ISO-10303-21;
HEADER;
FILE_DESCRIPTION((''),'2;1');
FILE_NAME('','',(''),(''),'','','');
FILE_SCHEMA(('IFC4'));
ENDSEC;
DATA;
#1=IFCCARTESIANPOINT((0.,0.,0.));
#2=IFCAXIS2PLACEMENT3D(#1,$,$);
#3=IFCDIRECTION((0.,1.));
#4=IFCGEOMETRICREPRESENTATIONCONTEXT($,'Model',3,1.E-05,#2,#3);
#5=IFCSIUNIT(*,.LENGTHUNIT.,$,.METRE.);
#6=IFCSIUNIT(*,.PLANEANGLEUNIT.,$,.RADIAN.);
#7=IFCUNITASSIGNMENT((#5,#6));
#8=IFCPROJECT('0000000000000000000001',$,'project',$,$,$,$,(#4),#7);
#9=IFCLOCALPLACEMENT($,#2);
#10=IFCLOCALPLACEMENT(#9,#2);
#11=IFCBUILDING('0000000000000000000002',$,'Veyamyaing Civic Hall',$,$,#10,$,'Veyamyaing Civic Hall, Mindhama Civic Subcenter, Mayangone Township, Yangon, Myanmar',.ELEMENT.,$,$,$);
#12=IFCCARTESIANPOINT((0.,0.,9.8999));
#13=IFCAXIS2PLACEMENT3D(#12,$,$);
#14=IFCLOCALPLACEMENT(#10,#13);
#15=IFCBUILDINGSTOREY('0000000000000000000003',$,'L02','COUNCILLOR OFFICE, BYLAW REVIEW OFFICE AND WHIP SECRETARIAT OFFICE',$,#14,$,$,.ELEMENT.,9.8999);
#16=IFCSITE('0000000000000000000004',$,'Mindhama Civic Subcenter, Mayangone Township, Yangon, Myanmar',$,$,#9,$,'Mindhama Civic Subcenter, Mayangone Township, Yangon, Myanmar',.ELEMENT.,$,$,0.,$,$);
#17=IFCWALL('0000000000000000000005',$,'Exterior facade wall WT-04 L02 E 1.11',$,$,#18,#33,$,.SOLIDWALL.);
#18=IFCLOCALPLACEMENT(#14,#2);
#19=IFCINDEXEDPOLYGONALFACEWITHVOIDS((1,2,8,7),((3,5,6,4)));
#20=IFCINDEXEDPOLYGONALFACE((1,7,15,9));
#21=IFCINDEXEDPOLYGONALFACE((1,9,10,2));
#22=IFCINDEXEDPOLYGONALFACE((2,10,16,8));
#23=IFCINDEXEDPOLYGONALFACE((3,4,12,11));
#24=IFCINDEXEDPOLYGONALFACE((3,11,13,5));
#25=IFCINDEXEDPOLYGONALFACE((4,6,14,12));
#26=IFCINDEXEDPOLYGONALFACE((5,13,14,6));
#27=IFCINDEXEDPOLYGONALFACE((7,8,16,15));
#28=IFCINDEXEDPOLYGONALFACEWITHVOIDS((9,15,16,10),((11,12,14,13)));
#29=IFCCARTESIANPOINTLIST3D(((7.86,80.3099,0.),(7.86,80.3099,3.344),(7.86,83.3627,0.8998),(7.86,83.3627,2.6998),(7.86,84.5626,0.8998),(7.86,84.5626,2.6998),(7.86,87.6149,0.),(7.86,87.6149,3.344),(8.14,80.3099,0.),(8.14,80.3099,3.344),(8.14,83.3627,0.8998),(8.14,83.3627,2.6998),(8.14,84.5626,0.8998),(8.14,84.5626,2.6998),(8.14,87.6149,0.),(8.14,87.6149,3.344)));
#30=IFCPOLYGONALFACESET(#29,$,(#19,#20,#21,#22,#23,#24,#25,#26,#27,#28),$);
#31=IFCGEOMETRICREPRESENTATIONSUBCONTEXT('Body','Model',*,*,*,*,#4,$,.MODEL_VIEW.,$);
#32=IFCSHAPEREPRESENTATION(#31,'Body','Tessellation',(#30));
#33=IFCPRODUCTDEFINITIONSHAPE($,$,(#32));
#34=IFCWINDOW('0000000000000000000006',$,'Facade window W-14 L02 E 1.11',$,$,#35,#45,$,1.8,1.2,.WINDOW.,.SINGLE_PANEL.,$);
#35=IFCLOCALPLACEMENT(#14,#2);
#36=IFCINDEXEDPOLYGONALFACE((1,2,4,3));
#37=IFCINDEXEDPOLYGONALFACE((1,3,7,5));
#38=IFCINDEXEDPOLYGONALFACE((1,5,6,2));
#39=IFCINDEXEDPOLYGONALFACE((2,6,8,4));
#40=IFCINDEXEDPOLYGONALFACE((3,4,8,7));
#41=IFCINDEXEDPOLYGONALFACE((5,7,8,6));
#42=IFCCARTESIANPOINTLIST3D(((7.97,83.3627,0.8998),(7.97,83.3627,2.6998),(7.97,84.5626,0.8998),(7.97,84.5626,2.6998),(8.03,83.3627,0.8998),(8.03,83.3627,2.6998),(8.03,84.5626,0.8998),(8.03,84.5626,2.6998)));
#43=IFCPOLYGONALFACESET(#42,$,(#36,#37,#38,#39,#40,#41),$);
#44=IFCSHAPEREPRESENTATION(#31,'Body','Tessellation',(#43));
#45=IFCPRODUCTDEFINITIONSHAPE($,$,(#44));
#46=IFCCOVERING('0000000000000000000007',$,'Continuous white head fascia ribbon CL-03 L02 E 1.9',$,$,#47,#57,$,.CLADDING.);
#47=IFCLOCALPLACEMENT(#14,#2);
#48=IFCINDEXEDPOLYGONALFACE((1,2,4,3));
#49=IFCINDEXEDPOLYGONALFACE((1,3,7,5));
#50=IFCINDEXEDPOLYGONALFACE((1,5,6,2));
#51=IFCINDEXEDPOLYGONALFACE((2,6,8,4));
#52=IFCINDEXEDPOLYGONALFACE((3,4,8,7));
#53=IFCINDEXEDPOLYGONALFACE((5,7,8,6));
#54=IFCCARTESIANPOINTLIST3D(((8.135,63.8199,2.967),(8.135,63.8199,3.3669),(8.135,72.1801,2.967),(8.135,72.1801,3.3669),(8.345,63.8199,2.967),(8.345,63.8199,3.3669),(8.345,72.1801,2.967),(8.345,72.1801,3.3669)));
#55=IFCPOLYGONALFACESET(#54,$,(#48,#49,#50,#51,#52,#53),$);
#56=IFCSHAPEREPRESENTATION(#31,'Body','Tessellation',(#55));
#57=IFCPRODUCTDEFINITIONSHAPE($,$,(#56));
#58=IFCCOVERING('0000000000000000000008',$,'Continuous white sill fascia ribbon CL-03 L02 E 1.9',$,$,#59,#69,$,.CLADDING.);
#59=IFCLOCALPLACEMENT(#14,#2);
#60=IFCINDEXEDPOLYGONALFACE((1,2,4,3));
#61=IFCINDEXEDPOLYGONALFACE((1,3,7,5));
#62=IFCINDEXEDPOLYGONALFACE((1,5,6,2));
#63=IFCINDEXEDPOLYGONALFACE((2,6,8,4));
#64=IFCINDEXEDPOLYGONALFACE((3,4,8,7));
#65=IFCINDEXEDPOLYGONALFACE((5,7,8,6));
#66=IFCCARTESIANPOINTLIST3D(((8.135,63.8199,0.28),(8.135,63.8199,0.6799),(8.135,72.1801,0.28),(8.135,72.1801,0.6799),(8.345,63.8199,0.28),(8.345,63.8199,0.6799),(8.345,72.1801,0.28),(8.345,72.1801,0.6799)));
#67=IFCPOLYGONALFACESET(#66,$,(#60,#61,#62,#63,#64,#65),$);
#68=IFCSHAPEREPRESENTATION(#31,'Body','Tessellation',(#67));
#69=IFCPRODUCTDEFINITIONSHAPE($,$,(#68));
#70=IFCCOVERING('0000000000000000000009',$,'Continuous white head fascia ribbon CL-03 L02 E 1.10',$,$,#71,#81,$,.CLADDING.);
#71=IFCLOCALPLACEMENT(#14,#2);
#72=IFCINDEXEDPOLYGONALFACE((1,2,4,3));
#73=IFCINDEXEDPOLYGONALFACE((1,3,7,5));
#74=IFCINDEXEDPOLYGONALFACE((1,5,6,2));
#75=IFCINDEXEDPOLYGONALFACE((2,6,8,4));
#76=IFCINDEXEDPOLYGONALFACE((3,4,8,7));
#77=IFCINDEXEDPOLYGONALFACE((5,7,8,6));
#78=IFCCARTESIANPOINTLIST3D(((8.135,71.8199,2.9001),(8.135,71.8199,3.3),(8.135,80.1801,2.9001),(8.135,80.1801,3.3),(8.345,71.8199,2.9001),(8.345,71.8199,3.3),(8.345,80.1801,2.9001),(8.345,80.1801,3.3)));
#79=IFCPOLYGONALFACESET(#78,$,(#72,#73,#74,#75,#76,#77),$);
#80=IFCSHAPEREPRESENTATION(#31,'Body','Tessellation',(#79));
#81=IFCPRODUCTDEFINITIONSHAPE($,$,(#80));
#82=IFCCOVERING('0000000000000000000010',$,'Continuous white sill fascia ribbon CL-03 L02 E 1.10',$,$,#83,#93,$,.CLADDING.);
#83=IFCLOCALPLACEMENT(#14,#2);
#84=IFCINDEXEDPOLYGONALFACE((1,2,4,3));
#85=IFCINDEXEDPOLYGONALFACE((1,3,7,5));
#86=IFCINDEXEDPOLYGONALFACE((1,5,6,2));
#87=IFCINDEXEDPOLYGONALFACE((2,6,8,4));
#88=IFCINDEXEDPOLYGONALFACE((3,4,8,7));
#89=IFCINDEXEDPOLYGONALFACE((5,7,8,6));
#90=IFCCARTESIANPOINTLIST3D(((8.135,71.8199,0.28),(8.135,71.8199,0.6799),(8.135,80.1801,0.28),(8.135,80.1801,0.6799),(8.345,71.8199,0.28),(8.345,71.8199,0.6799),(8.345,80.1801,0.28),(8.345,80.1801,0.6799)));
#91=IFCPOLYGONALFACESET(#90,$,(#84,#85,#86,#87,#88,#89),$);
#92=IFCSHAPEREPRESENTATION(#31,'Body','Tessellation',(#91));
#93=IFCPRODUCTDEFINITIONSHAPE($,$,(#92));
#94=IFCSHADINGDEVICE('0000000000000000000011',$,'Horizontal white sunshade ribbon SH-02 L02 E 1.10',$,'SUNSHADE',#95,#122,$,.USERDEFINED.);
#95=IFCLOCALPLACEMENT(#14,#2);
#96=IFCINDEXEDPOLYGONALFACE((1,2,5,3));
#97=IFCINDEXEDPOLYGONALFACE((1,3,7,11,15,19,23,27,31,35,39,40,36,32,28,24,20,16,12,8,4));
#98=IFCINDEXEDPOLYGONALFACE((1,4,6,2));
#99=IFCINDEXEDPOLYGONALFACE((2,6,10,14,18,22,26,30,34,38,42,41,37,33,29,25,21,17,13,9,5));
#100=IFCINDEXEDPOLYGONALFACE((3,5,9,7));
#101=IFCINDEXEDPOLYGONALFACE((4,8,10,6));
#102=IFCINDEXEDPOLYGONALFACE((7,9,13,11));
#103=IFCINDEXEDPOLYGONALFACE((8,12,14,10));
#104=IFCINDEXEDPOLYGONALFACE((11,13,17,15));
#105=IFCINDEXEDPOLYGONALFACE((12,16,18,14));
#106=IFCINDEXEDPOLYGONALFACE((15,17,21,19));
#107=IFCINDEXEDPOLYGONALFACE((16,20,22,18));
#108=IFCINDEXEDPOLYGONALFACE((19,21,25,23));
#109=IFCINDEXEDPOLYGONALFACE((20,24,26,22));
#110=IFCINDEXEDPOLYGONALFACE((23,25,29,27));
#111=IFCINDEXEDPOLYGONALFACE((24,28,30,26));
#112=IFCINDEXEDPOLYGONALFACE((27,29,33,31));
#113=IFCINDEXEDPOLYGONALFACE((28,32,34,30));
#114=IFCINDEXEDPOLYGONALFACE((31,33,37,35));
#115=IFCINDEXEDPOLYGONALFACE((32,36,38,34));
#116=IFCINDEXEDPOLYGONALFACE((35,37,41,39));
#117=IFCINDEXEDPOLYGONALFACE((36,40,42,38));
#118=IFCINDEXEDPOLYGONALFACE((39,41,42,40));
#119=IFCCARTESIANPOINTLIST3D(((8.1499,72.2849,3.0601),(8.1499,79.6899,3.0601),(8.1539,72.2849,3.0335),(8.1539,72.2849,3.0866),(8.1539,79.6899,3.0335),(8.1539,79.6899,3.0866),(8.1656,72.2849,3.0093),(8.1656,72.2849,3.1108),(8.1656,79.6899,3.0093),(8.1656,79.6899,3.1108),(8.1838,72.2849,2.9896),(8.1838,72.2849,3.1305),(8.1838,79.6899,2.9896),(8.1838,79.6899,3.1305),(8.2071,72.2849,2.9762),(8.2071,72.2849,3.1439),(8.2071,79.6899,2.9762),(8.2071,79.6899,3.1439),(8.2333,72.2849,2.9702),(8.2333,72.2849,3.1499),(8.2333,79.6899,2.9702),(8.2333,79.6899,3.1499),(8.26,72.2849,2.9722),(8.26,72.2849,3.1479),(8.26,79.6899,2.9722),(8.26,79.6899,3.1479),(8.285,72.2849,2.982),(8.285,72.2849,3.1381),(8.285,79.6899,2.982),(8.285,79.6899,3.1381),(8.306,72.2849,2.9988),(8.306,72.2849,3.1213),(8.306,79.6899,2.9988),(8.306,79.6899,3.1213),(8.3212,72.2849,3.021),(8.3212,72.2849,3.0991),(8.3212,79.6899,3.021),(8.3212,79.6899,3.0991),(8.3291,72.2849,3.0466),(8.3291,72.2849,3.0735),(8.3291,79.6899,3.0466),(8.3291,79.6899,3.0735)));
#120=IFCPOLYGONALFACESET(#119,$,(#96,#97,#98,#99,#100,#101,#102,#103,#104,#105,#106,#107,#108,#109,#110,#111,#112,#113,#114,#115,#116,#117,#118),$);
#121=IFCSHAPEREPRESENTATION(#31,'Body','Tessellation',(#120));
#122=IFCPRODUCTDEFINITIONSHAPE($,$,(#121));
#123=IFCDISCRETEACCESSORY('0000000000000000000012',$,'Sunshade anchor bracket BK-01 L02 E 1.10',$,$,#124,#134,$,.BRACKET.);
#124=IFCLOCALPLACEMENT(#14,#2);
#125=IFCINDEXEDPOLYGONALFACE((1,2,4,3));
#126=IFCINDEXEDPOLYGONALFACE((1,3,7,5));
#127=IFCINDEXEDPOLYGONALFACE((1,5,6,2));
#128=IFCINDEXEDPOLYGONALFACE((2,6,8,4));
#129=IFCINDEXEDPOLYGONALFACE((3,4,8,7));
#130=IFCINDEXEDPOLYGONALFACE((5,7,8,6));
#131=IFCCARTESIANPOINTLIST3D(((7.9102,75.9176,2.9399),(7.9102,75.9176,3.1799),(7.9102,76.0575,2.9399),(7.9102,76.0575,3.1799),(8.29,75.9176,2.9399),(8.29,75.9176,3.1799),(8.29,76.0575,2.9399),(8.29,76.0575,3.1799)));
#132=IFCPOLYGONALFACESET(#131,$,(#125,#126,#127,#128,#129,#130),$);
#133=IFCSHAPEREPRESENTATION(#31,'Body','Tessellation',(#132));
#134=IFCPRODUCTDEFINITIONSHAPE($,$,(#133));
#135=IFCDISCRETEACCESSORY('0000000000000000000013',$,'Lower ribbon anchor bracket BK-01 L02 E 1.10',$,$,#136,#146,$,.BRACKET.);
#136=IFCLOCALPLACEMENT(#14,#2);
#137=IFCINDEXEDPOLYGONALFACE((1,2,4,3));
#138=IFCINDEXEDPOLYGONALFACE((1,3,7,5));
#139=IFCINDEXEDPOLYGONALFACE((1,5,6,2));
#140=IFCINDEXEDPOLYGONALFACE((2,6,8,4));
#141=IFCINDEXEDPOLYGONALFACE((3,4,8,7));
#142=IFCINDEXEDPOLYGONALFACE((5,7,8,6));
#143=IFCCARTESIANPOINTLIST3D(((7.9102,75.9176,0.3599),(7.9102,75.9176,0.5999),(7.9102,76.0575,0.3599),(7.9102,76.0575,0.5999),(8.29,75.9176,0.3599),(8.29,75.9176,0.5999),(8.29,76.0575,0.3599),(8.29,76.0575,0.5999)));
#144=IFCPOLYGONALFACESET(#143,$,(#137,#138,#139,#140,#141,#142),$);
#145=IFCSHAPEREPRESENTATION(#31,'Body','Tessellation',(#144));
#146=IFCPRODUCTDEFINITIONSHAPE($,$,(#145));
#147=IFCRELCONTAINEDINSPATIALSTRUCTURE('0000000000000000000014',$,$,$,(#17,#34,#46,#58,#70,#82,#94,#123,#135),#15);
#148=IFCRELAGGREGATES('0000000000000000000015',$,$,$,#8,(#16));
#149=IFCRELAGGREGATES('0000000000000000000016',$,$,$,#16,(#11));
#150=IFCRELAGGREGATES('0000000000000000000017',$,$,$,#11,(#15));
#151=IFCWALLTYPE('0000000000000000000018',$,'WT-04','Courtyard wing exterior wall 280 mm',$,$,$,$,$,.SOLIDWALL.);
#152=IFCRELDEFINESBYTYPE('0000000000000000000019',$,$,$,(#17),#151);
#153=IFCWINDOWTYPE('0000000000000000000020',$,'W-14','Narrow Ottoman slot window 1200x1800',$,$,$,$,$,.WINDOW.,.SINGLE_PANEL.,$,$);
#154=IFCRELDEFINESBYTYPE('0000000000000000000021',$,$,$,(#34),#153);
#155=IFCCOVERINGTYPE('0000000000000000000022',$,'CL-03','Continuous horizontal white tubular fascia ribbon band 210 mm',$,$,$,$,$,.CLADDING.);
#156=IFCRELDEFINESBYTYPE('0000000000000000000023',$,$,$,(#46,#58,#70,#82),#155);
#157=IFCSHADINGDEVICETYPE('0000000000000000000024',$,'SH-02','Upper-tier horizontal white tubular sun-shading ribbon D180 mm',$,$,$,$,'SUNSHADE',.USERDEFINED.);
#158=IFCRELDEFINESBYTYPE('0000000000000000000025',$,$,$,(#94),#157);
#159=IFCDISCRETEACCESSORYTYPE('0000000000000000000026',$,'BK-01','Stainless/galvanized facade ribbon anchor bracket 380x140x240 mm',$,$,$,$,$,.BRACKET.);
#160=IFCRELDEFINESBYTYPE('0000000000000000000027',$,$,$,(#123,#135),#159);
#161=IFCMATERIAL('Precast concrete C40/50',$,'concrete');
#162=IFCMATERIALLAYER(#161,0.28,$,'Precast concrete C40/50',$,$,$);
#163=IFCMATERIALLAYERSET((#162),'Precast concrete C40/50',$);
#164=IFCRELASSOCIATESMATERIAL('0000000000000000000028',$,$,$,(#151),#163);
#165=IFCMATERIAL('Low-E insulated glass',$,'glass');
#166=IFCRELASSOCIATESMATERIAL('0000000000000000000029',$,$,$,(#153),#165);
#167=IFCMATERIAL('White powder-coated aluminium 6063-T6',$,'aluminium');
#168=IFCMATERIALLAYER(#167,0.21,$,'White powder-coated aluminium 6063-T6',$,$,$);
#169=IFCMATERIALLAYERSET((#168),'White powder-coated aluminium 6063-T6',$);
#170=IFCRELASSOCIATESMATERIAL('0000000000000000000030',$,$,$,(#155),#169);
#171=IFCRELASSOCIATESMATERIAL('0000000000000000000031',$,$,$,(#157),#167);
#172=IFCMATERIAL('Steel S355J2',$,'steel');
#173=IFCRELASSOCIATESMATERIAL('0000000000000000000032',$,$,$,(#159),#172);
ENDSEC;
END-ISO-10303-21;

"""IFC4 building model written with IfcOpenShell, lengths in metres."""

from ifc_helpers import new_model, si_unit, direction, frame, frame_2d, origin, origin_2d, place, context, subcontext, project, spatial, rectangle, circle, extrude, material, layer, layer_set, material_profile, profile_set, type_object, element, fill, save


model = new_model("IFC4")

# Units and contexts
model_context = context("Model", 3, precision=1e-05, world=origin(), true_north=direction((0.0, 1.0)))
body_context = subcontext(model_context, "Body", "Model", "MODEL_VIEW")
ifc_project = project(units=[si_unit("LENGTHUNIT", "METRE"), si_unit("PLANEANGLEUNIT", "RADIAN")], contexts=[model_context])

# Site, building, storey
site_placement = place(None, origin())
site = spatial("IfcSite", under=ifc_project, at=site_placement, Name="Mindhama Civic Subcenter, Mayangone Township, Yangon, Myanmar", LongName="Mindhama Civic Subcenter, Mayangone Township, Yangon, Myanmar", CompositionType="ELEMENT", RefElevation=0.0)
building_placement = place(site_placement, origin())
building = spatial("IfcBuilding", under=site, at=building_placement, Name="Veyamyaing Civic Hall", LongName="Veyamyaing Civic Hall, Mindhama Civic Subcenter, Mayangone Township, Yangon, Myanmar", CompositionType="ELEMENT")
storey_placement = place(building_placement, frame((0.0, 0.0, 9.8999)))
storey = spatial("IfcBuildingStorey", under=building, at=storey_placement, Name="L02", Description="COUNCILLOR OFFICE, BYLAW REVIEW OFFICE AND WHIP SECRETARIAT OFFICE", CompositionType="ELEMENT", Elevation=9.8999)

# Shared definitions
ifc_material_1 = material(Name="Low-E insulated glass", Category="glass")

# Wall, opening, window
ifc_material_2 = material(Name="Precast concrete C40/50", Category="concrete")
ifc_layer_1 = layer(ifc_material_2, 0.28, Name="Precast concrete C40/50")
ifc_layer_set_1 = layer_set([ifc_layer_1], Name="Precast concrete C40/50")
wall_type = type_object("IfcWallType", Name="WT-04", Description="Courtyard wing exterior wall 280 mm", PredefinedType="SOLIDWALL", material=ifc_layer_set_1)
wall_placement = place(storey_placement, frame((8.0, 80.3101, 0.0), z_axis=(0.0, 0.0, 1.0), x_axis=(0.0, 1.0, 0.0)))
wall = element("IfcWall", 1, at=wall_placement, inside=storey, type_object=wall_type, Name="Exterior facade wall WT-04 L02 E 1.11", PredefinedType="SOLIDWALL", context=body_context, shape_type="SweptSolid", body=[
    extrude(rectangle(XDim=7.3049, YDim=0.28, at=frame_2d((3.6523, 0.0))), origin(), (0.0, 0.0, 1.0), 3.344),
])
opening_placement = place(wall_placement, frame((3.0525, 0.0, 0.8999)))
opening = element("IfcOpeningElement", 2, at=opening_placement, cuts=wall, PredefinedType="OPENING", context=body_context, shape_type="SweptSolid", body=[
    extrude(rectangle(XDim=1.2, YDim=1.8, at=frame_2d((0.6001, 0.8999))), frame((0.0, 0.1499, 0.0), z_axis=(0.0, -1.0, 0.0), x_axis=(1.0, 0.0, 0.0)), (0.0, 0.0, 1.0), 0.3),
])
window_type = type_object("IfcWindowType", Name="W-14", Description="Narrow Ottoman slot window 1200x1800", PartitioningType="SINGLE_PANEL", PredefinedType="WINDOW", material=ifc_material_1)
window_placement = place(opening_placement, origin())
window = element("IfcWindow", 3, at=window_placement, inside=storey, type_object=window_type, Name="Facade window W-14 L02 E 1.11", OverallHeight=1.8, OverallWidth=1.2, PartitioningType="SINGLE_PANEL", PredefinedType="WINDOW", context=body_context, shape_type="SweptSolid", body=[
    extrude(rectangle(XDim=1.2, YDim=1.8, at=frame_2d((0.6001, 0.8999))), frame((0.0, 0.03, 0.0), z_axis=(0.0, -1.0, 0.0), x_axis=(1.0, 0.0, 0.0)), (0.0, 0.0, 1.0), 0.0601),
])
fill(opening, window)

# Coverings
ifc_material_3 = material(Name="White powder-coated aluminium 6063-T6", Category="aluminium")
ifc_layer_2 = layer(ifc_material_3, 0.21, Name="White powder-coated aluminium 6063-T6")
ifc_layer_set_2 = layer_set([ifc_layer_2], Name="White powder-coated aluminium 6063-T6")
covering_type = type_object("IfcCoveringType", Name="CL-03", Description="Continuous horizontal white tubular fascia ribbon band 210 mm", PredefinedType="CLADDING", material=ifc_layer_set_2)
for number, where, z_axis, x_axis, name in (
    (4, (8.24, 68.0, 2.967), (0.0, 0.0, 1.0), (0.0, 1.0, 0.0), "Continuous white head fascia ribbon CL-03 L02 E 1.9"),
    (5, (8.24, 68.0, 0.28), (0.0, 0.0, 1.0), (0.0, 1.0, 0.0), "Continuous white sill fascia ribbon CL-03 L02 E 1.9"),
    (6, (8.24, 76.0, 2.9001), (0.0, 0.0, 1.0), (0.0, 1.0, 0.0), "Continuous white head fascia ribbon CL-03 L02 E 1.10"),
    (7, (8.24, 76.0, 0.28), (0.0, 0.0, 1.0), (0.0, 1.0, 0.0), "Continuous white sill fascia ribbon CL-03 L02 E 1.10"),
):
    element("IfcCovering", number, at=place(storey_placement, frame(where, z_axis=z_axis, x_axis=x_axis)), inside=storey, type_object=covering_type, Name=name, PredefinedType="CLADDING", context=body_context, shape_type="SweptSolid", body=[
        extrude(rectangle(XDim=8.3601, YDim=0.21, at=origin_2d()), origin(), (0.0, 0.0, 1.0), 0.3999),
    ])

# Shading device
ifc_material_profile_1 = material_profile(ifc_material_3, circle(Radius=0.0901, at=origin_2d()), Name="SHADE-TUBE-180")
ifc_profile_set_1 = profile_set([ifc_material_profile_1], Name="White powder-coated aluminium 6063-T6")
shading_device_type = type_object("IfcShadingDeviceType", Name="SH-02", Description="Upper-tier horizontal white tubular sun-shading ribbon D180 mm", ElementType="SUNSHADE", PredefinedType="USERDEFINED", material=ifc_profile_set_1)
shading_device_placement = place(storey_placement, frame((8.24, 72.2849, 3.0601), z_axis=(0.0, 1.0, 0.0), x_axis=(-1.0, 0.0, 0.0)))
element("IfcShadingDevice", 8, at=shading_device_placement, inside=storey, type_object=shading_device_type, Name="Horizontal white sunshade ribbon SH-02 L02 E 1.10", ObjectType="SUNSHADE", PredefinedType="USERDEFINED", context=body_context, shape_type="SweptSolid", body=[
    extrude(circle(Radius=0.0901, at=origin_2d()), origin(), (0.0, 0.0, 1.0), 7.405),
])

# Discrete accessories
ifc_material_4 = material(Name="Steel S355J2", Category="steel")
discrete_accessory_type = type_object("IfcDiscreteAccessoryType", Name="BK-01", Description="Stainless/galvanized facade ribbon anchor bracket 380x140x240 mm", PredefinedType="BRACKET", material=ifc_material_4)
for number, where, z_axis, x_axis, name in (
    (9, (8.1001, 75.9875, 2.9399), (0.0, 0.0, 1.0), (1.0, 0.0, 0.0), "Sunshade anchor bracket BK-01 L02 E 1.10"),
    (10, (8.1001, 75.9875, 0.3599), (0.0, 0.0, 1.0), (1.0, 0.0, 0.0), "Lower ribbon anchor bracket BK-01 L02 E 1.10"),
):
    element("IfcDiscreteAccessory", number, at=place(storey_placement, frame(where, z_axis=z_axis, x_axis=x_axis)), inside=storey, type_object=discrete_accessory_type, Name=name, PredefinedType="BRACKET", context=body_context, shape_type="SweptSolid", body=[
        extrude(rectangle(XDim=0.3799, YDim=0.1399, at=origin_2d()), origin(), (0.0, 0.0, 1.0), 0.24),
    ])

save(model, "model.ifc")
